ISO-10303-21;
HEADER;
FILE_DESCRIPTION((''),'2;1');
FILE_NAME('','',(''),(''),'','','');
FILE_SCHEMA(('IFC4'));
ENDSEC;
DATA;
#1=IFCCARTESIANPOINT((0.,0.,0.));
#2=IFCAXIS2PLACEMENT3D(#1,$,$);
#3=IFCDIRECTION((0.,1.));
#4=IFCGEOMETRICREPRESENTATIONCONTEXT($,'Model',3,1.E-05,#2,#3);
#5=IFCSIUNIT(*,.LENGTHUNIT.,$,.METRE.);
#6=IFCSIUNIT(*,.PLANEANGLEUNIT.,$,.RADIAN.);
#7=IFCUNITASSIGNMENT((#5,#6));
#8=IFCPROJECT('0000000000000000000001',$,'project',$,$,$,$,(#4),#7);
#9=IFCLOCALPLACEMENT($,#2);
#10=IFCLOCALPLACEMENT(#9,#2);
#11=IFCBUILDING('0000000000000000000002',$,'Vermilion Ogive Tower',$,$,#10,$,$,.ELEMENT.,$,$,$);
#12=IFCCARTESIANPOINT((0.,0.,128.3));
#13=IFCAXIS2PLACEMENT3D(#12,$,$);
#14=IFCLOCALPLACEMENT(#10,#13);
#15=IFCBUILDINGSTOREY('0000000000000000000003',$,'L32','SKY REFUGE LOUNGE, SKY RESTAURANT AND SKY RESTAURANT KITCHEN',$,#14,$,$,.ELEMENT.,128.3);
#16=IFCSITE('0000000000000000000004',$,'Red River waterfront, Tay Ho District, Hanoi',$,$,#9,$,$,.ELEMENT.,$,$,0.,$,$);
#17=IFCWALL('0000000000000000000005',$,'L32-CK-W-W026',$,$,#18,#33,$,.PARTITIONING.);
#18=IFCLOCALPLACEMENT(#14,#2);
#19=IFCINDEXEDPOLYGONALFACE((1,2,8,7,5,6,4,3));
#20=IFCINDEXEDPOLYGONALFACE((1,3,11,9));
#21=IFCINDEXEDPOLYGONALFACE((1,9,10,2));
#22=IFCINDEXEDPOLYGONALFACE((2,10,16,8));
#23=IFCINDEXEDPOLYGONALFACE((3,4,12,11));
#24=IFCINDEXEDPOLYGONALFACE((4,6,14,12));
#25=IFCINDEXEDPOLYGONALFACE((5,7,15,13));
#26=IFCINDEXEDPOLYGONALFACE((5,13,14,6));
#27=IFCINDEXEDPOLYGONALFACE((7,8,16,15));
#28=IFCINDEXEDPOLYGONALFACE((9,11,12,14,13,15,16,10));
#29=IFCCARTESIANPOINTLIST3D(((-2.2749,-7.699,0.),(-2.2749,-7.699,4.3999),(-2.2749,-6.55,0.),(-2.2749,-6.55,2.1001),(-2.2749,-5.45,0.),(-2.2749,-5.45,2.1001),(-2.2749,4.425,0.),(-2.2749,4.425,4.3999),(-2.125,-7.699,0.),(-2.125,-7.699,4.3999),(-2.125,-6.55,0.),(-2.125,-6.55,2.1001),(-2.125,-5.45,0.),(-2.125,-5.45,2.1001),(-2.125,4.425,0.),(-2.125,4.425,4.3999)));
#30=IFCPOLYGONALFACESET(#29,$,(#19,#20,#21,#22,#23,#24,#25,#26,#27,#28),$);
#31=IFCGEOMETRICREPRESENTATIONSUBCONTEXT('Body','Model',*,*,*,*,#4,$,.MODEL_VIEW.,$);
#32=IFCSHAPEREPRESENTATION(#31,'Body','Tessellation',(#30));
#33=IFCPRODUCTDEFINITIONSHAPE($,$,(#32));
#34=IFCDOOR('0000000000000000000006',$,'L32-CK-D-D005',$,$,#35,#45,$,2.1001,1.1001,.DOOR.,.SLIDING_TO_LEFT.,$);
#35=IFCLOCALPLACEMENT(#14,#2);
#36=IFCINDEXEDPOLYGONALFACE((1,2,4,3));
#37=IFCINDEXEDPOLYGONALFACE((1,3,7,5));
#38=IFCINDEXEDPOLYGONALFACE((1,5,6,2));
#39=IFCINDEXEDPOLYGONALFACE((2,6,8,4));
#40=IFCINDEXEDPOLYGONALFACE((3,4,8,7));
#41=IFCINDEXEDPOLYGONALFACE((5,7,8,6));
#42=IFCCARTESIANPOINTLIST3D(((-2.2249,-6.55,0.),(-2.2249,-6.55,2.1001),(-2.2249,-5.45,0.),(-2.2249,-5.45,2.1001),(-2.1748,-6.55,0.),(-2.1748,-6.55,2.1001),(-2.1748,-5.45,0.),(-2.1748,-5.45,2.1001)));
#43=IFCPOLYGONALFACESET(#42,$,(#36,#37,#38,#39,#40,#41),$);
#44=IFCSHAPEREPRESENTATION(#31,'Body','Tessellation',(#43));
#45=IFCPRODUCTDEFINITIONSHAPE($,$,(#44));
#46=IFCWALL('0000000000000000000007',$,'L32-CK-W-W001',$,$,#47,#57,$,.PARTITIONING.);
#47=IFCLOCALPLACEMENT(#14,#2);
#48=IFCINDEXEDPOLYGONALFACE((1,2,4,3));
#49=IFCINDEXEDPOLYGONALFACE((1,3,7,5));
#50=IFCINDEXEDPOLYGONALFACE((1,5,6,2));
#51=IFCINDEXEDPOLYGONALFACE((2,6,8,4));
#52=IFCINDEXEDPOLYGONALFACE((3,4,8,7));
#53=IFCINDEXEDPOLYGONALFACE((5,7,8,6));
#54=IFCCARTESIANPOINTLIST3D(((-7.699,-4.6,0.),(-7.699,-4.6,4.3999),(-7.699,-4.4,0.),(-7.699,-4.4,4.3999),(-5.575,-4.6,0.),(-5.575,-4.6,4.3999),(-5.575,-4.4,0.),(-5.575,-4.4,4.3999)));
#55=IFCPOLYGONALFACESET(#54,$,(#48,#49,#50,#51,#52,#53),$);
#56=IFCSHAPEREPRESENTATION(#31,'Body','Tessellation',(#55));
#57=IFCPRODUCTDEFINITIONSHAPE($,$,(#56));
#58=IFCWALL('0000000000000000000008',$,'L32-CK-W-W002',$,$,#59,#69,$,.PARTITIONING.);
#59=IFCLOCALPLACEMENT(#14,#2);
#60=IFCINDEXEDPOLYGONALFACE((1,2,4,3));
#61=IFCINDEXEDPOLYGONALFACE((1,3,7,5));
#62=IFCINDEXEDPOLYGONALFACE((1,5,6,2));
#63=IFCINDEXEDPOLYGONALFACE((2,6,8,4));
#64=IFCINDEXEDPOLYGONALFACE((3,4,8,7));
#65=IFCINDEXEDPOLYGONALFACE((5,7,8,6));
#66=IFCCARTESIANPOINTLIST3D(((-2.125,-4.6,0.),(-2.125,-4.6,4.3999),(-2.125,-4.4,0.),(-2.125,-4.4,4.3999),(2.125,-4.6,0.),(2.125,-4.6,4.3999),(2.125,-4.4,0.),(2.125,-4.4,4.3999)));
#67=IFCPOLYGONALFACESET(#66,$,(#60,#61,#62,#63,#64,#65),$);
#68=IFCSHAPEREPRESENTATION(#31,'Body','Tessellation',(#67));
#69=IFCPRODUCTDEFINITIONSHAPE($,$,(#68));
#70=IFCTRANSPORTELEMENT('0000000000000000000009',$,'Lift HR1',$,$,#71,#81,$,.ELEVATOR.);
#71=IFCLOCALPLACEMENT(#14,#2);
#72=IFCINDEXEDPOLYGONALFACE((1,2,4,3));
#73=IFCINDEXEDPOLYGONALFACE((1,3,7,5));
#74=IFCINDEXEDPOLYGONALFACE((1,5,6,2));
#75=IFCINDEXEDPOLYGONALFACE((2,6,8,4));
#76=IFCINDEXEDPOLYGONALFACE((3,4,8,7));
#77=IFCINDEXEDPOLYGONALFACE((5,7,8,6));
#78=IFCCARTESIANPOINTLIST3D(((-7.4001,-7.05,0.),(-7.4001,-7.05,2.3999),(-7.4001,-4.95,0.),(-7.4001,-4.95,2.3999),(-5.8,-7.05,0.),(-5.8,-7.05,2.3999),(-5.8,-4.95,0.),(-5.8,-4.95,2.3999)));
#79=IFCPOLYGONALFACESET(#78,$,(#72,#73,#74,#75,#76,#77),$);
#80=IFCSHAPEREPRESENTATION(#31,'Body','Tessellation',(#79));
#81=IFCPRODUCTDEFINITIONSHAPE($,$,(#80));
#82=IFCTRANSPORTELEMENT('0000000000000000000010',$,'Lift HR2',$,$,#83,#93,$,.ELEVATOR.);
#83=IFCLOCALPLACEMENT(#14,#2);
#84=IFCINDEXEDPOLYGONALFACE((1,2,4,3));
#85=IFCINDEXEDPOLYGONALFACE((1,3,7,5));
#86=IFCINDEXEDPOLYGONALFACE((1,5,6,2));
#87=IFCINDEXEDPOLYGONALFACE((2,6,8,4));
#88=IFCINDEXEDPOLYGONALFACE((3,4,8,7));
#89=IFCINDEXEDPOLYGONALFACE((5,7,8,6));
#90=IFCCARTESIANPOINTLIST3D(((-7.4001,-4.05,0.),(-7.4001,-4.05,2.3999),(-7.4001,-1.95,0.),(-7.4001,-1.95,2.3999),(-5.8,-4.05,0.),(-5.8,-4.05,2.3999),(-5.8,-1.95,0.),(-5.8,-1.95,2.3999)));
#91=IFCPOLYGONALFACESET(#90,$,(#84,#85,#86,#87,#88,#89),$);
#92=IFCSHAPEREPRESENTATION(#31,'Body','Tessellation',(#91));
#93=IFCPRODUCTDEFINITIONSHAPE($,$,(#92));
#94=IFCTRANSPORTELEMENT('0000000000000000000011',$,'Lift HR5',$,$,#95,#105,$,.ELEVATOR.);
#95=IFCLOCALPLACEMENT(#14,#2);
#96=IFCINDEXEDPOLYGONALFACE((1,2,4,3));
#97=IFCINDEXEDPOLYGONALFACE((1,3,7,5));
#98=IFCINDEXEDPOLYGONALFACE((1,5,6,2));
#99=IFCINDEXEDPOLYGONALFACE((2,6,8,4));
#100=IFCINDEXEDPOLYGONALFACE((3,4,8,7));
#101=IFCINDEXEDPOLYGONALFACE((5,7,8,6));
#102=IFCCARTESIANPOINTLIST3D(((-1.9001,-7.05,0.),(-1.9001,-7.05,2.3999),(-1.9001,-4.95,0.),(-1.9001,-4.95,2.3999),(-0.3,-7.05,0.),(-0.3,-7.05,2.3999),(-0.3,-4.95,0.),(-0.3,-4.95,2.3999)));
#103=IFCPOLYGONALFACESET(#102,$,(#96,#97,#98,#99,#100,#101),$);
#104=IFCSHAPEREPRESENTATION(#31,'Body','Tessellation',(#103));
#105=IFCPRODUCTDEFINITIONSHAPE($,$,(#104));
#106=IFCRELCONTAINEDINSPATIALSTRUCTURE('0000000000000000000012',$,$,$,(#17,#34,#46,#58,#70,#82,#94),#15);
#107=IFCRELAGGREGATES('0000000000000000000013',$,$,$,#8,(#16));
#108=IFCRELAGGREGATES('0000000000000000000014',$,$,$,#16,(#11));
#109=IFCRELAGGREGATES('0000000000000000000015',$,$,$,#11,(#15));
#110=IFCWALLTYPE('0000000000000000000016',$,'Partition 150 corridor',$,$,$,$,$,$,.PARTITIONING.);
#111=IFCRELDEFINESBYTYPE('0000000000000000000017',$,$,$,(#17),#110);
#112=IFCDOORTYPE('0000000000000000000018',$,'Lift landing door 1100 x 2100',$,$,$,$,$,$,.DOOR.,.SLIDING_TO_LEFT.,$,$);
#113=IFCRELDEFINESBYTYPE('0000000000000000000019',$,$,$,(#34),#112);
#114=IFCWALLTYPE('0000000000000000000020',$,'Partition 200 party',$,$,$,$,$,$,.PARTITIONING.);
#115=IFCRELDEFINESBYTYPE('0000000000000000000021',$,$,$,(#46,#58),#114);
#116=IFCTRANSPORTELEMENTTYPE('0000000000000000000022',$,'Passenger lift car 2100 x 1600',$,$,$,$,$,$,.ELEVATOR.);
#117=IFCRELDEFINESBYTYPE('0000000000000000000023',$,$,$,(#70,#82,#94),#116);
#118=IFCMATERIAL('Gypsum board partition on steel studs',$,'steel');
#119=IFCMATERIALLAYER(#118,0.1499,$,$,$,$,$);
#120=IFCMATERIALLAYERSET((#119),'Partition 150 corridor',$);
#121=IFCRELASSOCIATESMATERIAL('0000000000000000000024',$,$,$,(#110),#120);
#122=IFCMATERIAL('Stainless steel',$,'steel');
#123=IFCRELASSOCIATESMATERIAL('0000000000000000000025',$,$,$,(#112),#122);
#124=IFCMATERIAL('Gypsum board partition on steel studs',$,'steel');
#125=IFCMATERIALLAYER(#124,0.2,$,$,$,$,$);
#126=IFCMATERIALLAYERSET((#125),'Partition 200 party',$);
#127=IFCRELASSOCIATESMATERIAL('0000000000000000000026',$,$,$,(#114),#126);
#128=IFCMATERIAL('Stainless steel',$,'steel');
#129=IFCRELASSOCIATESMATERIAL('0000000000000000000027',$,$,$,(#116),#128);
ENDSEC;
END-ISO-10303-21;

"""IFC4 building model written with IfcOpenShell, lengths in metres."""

from ifc_helpers import new_model, si_unit, direction, frame, frame_2d, origin, origin_2d, place, context, subcontext, project, spatial, rectangle, extrude, material, layer, layer_set, type_object, element, fill, save


model = new_model("IFC4")

# Units and contexts
model_context = context("Model", 3, precision=1e-05, world=origin(), true_north=direction((0.0, 1.0)))
body_context = subcontext(model_context, "Body", "Model", "MODEL_VIEW")
ifc_project = project(units=[si_unit("LENGTHUNIT", "METRE"), si_unit("PLANEANGLEUNIT", "RADIAN")], contexts=[model_context])

# Site, building, storey
site_placement = place(None, origin())
site = spatial("IfcSite", under=ifc_project, at=site_placement, Name="Red River waterfront, Tay Ho District, Hanoi", CompositionType="ELEMENT", RefElevation=0.0)
building_placement = place(site_placement, origin())
building = spatial("IfcBuilding", under=site, at=building_placement, Name="Vermilion Ogive Tower", CompositionType="ELEMENT")
storey_placement = place(building_placement, frame((0.0, 0.0, 128.3)))
storey = spatial("IfcBuildingStorey", under=building, at=storey_placement, Name="L32", Description="SKY REFUGE LOUNGE, SKY RESTAURANT AND SKY RESTAURANT KITCHEN", CompositionType="ELEMENT", Elevation=128.3)

# Shared definitions
ifc_material_1 = material(Name="Gypsum board partition on steel studs", Category="steel")
ifc_layer_1 = layer(ifc_material_1, 0.1499)
ifc_layer_set_1 = layer_set([ifc_layer_1], Name="Partition 150 corridor")
wall_type_1 = type_object("IfcWallType", Name="Partition 150 corridor", PredefinedType="PARTITIONING", material=ifc_layer_set_1)
ifc_material_2 = material(Name="Stainless steel", Category="steel")
door_type_1 = type_object("IfcDoorType", Name="Lift landing door 1100 x 2100", OperationType="SLIDING_TO_LEFT", PredefinedType="DOOR", material=ifc_material_2)

# Wall, opening, door
wall_1_placement = place(storey_placement, frame((-2.2, -7.699, 0.0), z_axis=(0.0, 0.0, 1.0), x_axis=(0.0, 1.0, 0.0)))
wall_1 = element("IfcWall", 1, at=wall_1_placement, inside=storey, type_object=wall_type_1, Name="L32-CK-W-W026", PredefinedType="PARTITIONING", context=body_context, shape_type="SweptSolid", body=[
    extrude(rectangle(XDim=12.124, YDim=0.1499, at=frame_2d((6.062, 0.0))), origin(), (0.0, 0.0, 1.0), 4.3999),
])
opening_1_placement = place(wall_1_placement, frame((1.1489, 0.0, 0.0)))
opening_1 = element("IfcOpeningElement", 2, at=opening_1_placement, cuts=wall_1, PredefinedType="OPENING", context=body_context, shape_type="SweptSolid", body=[
    extrude(rectangle(XDim=1.1001, YDim=2.1001, at=frame_2d((0.55, 1.05))), frame((0.0, 0.085, 0.0), z_axis=(0.0, -1.0, 0.0), x_axis=(1.0, 0.0, 0.0)), (0.0, 0.0, 1.0), 0.1699),
])
door_1_placement = place(opening_1_placement, origin())
door_1 = element("IfcDoor", 3, at=door_1_placement, inside=storey, type_object=door_type_1, Name="L32-CK-D-D005", OperationType="SLIDING_TO_LEFT", OverallHeight=2.1001, OverallWidth=1.1001, PredefinedType="DOOR", context=body_context, shape_type="SweptSolid", body=[
    extrude(rectangle(XDim=1.1001, YDim=2.1001, at=frame_2d((0.55, 1.05))), frame((0.0, 0.0249, 0.0), z_axis=(0.0, -1.0, 0.0), x_axis=(1.0, 0.0, 0.0)), (0.0, 0.0, 1.0), 0.05),
])
fill(opening_1, door_1)

# Walls
ifc_material_3 = material(Name="Gypsum board partition on steel studs", Category="steel")
ifc_layer_2 = layer(ifc_material_3, 0.2)
ifc_layer_set_2 = layer_set([ifc_layer_2], Name="Partition 200 party")
wall_type_2 = type_object("IfcWallType", Name="Partition 200 party", PredefinedType="PARTITIONING", material=ifc_layer_set_2)
wall_2_placement = place(storey_placement, frame((-7.699, -4.5, 0.0), z_axis=(0.0, 0.0, 1.0), x_axis=(1.0, 0.0, 0.0)))
element("IfcWall", 4, at=wall_2_placement, inside=storey, type_object=wall_type_2, Name="L32-CK-W-W001", PredefinedType="PARTITIONING", context=body_context, shape_type="SweptSolid", body=[
    extrude(rectangle(XDim=2.124, YDim=0.2, at=frame_2d((1.062, 0.0))), origin(), (0.0, 0.0, 1.0), 4.3999),
])
wall_3_placement = place(storey_placement, frame((-2.125, -4.5, 0.0), z_axis=(0.0, 0.0, 1.0), x_axis=(1.0, 0.0, 0.0)))
element("IfcWall", 5, at=wall_3_placement, inside=storey, type_object=wall_type_2, Name="L32-CK-W-W002", PredefinedType="PARTITIONING", context=body_context, shape_type="SweptSolid", body=[
    extrude(rectangle(XDim=4.25, YDim=0.2, at=frame_2d((2.125, 0.0))), origin(), (0.0, 0.0, 1.0), 4.3999),
])

# Transport elements
ifc_material_4 = material(Name="Stainless steel", Category="steel")
transport_element_type = type_object("IfcTransportElementType", Name="Passenger lift car 2100 x 1600", PredefinedType="ELEVATOR", material=ifc_material_4)
for number, where, z_axis, x_axis, name in (
    (6, (-6.6001, -6.0, 0.0), (0.0, 0.0, 1.0), (1.0, 0.0, 0.0), "Lift HR1"),
    (7, (-6.6001, -3.0, 0.0), (0.0, 0.0, 1.0), (1.0, 0.0, 0.0), "Lift HR2"),
    (8, (-1.1001, -6.0, 0.0), (0.0, 0.0, 1.0), (1.0, 0.0, 0.0), "Lift HR5"),
):
    element("IfcTransportElement", number, at=place(storey_placement, frame(where, z_axis=z_axis, x_axis=x_axis)), inside=storey, type_object=transport_element_type, Name=name, PredefinedType="ELEVATOR", context=body_context, shape_type="SweptSolid", body=[
        extrude(rectangle(XDim=1.6001, YDim=2.1001, at=origin_2d()), origin(), (0.0, 0.0, 1.0), 2.3999),
    ])

save(model, "model.ifc")
